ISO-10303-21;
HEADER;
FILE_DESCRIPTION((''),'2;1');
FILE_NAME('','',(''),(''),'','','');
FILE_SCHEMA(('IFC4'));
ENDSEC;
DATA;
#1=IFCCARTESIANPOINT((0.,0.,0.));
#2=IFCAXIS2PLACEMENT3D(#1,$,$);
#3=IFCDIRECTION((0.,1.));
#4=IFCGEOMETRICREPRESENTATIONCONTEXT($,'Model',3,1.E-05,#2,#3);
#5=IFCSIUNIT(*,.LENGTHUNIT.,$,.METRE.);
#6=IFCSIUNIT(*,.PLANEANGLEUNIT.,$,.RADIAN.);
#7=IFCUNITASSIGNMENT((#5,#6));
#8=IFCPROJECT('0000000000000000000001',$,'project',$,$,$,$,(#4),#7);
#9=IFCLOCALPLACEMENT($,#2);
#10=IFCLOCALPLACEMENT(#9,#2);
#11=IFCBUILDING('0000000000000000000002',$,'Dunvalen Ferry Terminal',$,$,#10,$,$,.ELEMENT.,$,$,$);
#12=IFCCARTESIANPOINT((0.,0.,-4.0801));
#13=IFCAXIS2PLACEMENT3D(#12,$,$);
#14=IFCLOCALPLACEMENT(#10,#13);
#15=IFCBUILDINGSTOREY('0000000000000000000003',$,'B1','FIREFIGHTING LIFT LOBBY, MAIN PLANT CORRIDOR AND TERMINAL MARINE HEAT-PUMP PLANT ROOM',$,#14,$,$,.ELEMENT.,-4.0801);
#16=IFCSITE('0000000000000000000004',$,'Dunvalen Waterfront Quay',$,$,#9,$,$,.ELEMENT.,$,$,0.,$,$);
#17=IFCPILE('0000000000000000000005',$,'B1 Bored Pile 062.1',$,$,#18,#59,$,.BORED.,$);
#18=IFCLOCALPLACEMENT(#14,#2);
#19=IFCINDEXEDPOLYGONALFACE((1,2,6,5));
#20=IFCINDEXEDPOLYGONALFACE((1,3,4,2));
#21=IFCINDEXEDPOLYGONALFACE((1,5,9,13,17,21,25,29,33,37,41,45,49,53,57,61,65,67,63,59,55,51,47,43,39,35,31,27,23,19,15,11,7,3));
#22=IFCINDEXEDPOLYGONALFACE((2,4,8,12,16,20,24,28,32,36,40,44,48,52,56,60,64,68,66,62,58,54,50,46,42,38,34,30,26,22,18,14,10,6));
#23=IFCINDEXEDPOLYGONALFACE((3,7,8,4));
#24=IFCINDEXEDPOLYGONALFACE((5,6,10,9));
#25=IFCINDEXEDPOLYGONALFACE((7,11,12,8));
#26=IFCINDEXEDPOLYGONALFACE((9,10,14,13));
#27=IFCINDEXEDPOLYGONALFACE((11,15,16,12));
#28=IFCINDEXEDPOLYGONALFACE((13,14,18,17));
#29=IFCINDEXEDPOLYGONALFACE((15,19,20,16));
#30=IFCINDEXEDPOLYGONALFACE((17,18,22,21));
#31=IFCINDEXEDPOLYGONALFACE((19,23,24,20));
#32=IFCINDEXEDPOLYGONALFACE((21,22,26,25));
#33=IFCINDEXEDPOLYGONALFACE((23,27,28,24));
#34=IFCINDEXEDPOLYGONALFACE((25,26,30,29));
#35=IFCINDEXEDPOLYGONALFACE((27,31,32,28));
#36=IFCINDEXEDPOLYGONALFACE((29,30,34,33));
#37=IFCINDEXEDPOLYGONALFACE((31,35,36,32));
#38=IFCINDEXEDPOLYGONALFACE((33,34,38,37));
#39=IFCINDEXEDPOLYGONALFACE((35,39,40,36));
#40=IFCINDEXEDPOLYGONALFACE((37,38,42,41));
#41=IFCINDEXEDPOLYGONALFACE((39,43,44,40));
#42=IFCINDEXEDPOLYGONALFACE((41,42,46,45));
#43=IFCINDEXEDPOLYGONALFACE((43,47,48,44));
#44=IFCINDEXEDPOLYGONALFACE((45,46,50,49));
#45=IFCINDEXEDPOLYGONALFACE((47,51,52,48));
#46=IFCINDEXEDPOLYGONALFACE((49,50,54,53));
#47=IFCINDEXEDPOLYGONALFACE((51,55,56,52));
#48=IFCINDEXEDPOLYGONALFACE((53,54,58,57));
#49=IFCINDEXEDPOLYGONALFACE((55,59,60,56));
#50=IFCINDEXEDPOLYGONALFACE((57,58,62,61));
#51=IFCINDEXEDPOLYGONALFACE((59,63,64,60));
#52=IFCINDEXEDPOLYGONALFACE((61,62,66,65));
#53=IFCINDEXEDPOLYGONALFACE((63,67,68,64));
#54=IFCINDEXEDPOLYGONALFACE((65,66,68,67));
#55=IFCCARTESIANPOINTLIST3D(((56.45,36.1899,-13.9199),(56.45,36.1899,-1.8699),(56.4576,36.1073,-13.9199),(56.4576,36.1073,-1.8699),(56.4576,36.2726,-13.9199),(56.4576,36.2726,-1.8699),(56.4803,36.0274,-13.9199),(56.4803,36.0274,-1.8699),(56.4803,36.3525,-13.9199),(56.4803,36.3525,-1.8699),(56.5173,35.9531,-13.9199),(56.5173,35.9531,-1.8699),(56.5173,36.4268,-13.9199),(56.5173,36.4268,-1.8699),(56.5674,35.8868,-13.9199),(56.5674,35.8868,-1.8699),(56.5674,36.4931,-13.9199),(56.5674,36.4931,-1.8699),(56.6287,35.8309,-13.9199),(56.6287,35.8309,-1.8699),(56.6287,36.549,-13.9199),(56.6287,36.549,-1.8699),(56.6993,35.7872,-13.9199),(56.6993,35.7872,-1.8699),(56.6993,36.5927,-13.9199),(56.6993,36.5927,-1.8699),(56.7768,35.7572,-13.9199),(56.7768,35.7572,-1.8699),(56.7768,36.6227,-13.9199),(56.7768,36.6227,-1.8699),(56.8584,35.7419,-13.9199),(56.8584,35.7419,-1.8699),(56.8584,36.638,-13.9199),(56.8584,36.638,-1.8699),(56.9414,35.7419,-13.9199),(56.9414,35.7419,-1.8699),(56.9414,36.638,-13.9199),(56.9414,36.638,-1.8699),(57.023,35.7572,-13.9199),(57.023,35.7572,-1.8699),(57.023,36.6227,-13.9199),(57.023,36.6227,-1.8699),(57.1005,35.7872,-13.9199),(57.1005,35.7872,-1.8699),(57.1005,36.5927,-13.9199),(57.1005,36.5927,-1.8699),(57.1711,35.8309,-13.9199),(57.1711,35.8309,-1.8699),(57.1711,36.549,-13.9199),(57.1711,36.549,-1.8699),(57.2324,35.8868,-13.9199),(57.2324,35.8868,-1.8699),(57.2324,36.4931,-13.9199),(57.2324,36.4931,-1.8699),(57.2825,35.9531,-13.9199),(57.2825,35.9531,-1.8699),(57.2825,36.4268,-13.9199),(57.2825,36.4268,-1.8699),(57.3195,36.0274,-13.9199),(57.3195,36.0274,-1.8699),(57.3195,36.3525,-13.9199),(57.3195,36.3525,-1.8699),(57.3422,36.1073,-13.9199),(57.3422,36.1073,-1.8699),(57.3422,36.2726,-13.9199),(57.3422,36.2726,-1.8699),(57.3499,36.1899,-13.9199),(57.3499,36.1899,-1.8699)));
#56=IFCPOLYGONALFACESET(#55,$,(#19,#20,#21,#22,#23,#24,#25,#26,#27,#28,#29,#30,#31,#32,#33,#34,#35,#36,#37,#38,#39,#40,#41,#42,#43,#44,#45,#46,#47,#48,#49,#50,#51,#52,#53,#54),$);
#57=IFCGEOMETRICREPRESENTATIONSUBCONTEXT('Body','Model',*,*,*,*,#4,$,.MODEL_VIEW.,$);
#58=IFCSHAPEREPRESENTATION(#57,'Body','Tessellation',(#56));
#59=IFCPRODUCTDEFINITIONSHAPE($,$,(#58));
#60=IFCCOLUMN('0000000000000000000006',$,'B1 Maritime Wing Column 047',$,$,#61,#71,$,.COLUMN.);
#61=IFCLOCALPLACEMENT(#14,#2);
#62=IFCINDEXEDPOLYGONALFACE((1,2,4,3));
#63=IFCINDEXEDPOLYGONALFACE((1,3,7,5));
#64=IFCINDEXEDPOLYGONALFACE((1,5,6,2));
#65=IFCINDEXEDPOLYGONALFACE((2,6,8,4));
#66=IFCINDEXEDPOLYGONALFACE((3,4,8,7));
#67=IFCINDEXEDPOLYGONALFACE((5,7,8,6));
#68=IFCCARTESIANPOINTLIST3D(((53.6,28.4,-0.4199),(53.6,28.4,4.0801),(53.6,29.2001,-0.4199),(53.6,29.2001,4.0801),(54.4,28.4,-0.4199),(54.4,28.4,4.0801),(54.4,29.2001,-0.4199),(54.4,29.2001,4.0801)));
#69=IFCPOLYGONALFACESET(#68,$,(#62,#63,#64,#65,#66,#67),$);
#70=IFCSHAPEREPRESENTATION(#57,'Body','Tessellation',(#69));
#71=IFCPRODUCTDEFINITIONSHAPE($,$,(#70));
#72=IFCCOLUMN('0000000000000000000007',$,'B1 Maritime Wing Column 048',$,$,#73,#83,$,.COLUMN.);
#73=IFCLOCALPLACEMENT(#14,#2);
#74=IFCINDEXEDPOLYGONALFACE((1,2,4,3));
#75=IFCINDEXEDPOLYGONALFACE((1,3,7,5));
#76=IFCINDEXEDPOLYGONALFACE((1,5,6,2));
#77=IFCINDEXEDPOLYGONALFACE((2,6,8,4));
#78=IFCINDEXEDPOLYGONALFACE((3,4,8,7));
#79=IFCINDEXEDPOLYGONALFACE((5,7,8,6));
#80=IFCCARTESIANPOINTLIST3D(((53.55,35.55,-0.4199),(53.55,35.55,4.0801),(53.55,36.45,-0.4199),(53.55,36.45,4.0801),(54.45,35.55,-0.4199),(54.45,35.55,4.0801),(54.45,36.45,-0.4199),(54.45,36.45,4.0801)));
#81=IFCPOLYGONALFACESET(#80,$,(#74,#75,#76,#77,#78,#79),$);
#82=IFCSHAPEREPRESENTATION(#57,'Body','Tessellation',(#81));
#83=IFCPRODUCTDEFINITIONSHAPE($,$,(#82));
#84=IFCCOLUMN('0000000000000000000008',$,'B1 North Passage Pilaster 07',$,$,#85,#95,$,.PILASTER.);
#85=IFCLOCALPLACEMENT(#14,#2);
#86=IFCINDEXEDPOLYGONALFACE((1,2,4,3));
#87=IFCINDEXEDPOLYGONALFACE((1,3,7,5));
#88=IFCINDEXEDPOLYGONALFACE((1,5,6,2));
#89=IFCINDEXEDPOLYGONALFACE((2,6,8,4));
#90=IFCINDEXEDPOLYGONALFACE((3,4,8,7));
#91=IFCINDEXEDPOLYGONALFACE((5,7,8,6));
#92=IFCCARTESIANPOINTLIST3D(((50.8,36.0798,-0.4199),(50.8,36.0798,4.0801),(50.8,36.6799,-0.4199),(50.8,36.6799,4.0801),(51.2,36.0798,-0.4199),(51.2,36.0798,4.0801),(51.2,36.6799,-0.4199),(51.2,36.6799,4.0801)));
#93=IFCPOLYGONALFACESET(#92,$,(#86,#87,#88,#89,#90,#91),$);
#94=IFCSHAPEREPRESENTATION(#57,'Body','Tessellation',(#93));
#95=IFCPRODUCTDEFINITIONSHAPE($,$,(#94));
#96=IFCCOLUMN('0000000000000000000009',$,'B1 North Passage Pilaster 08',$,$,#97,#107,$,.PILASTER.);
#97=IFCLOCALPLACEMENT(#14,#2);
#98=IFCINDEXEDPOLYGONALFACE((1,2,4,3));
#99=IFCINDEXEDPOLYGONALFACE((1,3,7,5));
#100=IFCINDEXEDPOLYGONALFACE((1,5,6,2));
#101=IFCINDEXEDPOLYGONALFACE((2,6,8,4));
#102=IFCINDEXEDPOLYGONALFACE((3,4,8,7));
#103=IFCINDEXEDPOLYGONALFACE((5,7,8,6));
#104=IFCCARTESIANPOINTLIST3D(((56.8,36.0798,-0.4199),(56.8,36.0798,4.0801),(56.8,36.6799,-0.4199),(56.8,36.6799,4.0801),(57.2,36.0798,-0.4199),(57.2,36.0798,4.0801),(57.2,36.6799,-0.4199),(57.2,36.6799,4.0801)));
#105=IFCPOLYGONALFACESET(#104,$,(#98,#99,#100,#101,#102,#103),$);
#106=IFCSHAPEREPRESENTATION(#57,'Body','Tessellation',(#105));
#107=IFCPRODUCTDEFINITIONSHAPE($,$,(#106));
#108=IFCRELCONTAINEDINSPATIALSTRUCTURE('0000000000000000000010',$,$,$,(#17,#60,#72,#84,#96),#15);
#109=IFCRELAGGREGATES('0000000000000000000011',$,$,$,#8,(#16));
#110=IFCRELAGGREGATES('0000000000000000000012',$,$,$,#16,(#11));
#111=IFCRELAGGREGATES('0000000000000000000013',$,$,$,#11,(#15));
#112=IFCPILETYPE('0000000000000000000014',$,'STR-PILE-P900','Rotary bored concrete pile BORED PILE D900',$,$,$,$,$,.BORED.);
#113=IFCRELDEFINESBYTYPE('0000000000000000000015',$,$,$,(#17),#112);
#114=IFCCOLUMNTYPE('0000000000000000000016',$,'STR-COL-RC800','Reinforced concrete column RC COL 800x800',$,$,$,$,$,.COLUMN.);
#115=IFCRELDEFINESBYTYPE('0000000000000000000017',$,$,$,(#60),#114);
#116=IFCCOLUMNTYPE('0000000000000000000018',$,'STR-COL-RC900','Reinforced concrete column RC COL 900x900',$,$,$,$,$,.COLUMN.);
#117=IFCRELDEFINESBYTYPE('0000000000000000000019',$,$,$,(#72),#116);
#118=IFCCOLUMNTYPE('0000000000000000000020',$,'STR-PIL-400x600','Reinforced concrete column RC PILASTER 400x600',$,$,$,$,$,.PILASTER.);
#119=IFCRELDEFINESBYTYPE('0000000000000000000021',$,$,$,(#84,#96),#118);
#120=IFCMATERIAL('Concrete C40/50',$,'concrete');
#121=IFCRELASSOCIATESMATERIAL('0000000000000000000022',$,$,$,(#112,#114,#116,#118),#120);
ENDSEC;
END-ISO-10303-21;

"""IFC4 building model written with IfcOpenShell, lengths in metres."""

from ifc_helpers import new_model, si_unit, direction, frame, origin, origin_2d, place, context, subcontext, project, spatial, rectangle, circle, extrude, material, material_profile, profile_set, type_object, element, save


model = new_model("IFC4")

# Units and contexts
model_context = context("Model", 3, precision=1e-05, world=origin(), true_north=direction((0.0, 1.0)))
body_context = subcontext(model_context, "Body", "Model", "MODEL_VIEW")
ifc_project = project(units=[si_unit("LENGTHUNIT", "METRE"), si_unit("PLANEANGLEUNIT", "RADIAN")], contexts=[model_context])

# Site, building, storey
site_placement = place(None, origin())
site = spatial("IfcSite", under=ifc_project, at=site_placement, Name="Dunvalen Waterfront Quay", CompositionType="ELEMENT", RefElevation=0.0)
building_placement = place(site_placement, origin())
building = spatial("IfcBuilding", under=site, at=building_placement, Name="Dunvalen Ferry Terminal", CompositionType="ELEMENT")
storey_placement = place(building_placement, frame((0.0, 0.0, -4.0801)))
storey = spatial("IfcBuildingStorey", under=building, at=storey_placement, Name="B1", Description="FIREFIGHTING LIFT LOBBY, MAIN PLANT CORRIDOR AND TERMINAL MARINE HEAT-PUMP PLANT ROOM", CompositionType="ELEMENT", Elevation=-4.0801)

# Shared definitions
ifc_material = material(Name="Concrete C40/50", Category="concrete")

# Pile
ifc_material_profile_1 = material_profile(ifc_material, circle(Radius=0.45, at=origin_2d()), Name="Concrete C40/50")
ifc_profile_set_1 = profile_set([ifc_material_profile_1], Name="Concrete C40/50")
pile_type_1 = type_object("IfcPileType", Name="STR-PILE-P900", Description="Rotary bored concrete pile BORED PILE D900", PredefinedType="BORED", material=ifc_profile_set_1)
pile_1_placement = place(storey_placement, frame((56.8999, 36.1899, -1.8699), z_axis=(0.0, 0.0, -1.0), x_axis=(1.0, 0.0, 0.0)))
element("IfcPile", 1, at=pile_1_placement, inside=storey, type_object=pile_type_1, Name="B1 Bored Pile 062.1", PredefinedType="BORED", context=body_context, shape_type="SweptSolid", body=[
    extrude(circle(Radius=0.45, at=origin_2d()), origin(), (0.0, 0.0, 1.0), 12.05),
])

# Columns
ifc_material_profile_2 = material_profile(ifc_material, rectangle(XDim=0.8, YDim=0.8, at=origin_2d()), Name="Concrete C40/50")
ifc_profile_set_2 = profile_set([ifc_material_profile_2], Name="Concrete C40/50")
column_type_1 = type_object("IfcColumnType", Name="STR-COL-RC800", Description="Reinforced concrete column RC COL 800x800", PredefinedType="COLUMN", material=ifc_profile_set_2)
column_1_placement = place(storey_placement, frame((54.0, 28.8, -0.4199), z_axis=(0.0, 0.0, 1.0), x_axis=(1.0, 0.0, 0.0)))
element("IfcColumn", 2, at=column_1_placement, inside=storey, type_object=column_type_1, Name="B1 Maritime Wing Column 047", PredefinedType="COLUMN", context=body_context, shape_type="SweptSolid", body=[
    extrude(rectangle(XDim=0.8, YDim=0.8, at=origin_2d()), origin(), (0.0, 0.0, 1.0), 4.5),
])
ifc_material_profile_3 = material_profile(ifc_material, rectangle(XDim=0.8999, YDim=0.8999, at=origin_2d()), Name="Concrete C40/50")
ifc_profile_set_3 = profile_set([ifc_material_profile_3], Name="Concrete C40/50")
column_type_2 = type_object("IfcColumnType", Name="STR-COL-RC900", Description="Reinforced concrete column RC COL 900x900", PredefinedType="COLUMN", material=ifc_profile_set_3)
column_2_placement = place(storey_placement, frame((54.0, 36.0, -0.4199), z_axis=(0.0, 0.0, 1.0), x_axis=(1.0, 0.0, 0.0)))
element("IfcColumn", 3, at=column_2_placement, inside=storey, type_object=column_type_2, Name="B1 Maritime Wing Column 048", PredefinedType="COLUMN", context=body_context, shape_type="SweptSolid", body=[
    extrude(rectangle(XDim=0.8999, YDim=0.8999, at=origin_2d()), origin(), (0.0, 0.0, 1.0), 4.5),
])
ifc_material_profile_4 = material_profile(ifc_material, rectangle(XDim=0.3999, YDim=0.6001, at=origin_2d()), Name="Concrete C40/50")
ifc_profile_set_4 = profile_set([ifc_material_profile_4], Name="Concrete C40/50")
column_type_3 = type_object("IfcColumnType", Name="STR-PIL-400x600", Description="Reinforced concrete column RC PILASTER 400x600", PredefinedType="PILASTER", material=ifc_profile_set_4)
for number, where, z_axis, x_axis, name in (
    (4, (51.0, 36.3799, -0.4199), (0.0, 0.0, 1.0), (1.0, 0.0, 0.0), "B1 North Passage Pilaster 07"),
    (5, (57.0, 36.3799, -0.4199), (0.0, 0.0, 1.0), (1.0, 0.0, 0.0), "B1 North Passage Pilaster 08"),
):
    element("IfcColumn", number, at=place(storey_placement, frame(where, z_axis=z_axis, x_axis=x_axis)), inside=storey, type_object=column_type_3, Name=name, PredefinedType="PILASTER", context=body_context, shape_type="SweptSolid", body=[
        extrude(rectangle(XDim=0.3999, YDim=0.6001, at=origin_2d()), origin(), (0.0, 0.0, 1.0), 4.5),
    ])

save(model, "model.ifc")
